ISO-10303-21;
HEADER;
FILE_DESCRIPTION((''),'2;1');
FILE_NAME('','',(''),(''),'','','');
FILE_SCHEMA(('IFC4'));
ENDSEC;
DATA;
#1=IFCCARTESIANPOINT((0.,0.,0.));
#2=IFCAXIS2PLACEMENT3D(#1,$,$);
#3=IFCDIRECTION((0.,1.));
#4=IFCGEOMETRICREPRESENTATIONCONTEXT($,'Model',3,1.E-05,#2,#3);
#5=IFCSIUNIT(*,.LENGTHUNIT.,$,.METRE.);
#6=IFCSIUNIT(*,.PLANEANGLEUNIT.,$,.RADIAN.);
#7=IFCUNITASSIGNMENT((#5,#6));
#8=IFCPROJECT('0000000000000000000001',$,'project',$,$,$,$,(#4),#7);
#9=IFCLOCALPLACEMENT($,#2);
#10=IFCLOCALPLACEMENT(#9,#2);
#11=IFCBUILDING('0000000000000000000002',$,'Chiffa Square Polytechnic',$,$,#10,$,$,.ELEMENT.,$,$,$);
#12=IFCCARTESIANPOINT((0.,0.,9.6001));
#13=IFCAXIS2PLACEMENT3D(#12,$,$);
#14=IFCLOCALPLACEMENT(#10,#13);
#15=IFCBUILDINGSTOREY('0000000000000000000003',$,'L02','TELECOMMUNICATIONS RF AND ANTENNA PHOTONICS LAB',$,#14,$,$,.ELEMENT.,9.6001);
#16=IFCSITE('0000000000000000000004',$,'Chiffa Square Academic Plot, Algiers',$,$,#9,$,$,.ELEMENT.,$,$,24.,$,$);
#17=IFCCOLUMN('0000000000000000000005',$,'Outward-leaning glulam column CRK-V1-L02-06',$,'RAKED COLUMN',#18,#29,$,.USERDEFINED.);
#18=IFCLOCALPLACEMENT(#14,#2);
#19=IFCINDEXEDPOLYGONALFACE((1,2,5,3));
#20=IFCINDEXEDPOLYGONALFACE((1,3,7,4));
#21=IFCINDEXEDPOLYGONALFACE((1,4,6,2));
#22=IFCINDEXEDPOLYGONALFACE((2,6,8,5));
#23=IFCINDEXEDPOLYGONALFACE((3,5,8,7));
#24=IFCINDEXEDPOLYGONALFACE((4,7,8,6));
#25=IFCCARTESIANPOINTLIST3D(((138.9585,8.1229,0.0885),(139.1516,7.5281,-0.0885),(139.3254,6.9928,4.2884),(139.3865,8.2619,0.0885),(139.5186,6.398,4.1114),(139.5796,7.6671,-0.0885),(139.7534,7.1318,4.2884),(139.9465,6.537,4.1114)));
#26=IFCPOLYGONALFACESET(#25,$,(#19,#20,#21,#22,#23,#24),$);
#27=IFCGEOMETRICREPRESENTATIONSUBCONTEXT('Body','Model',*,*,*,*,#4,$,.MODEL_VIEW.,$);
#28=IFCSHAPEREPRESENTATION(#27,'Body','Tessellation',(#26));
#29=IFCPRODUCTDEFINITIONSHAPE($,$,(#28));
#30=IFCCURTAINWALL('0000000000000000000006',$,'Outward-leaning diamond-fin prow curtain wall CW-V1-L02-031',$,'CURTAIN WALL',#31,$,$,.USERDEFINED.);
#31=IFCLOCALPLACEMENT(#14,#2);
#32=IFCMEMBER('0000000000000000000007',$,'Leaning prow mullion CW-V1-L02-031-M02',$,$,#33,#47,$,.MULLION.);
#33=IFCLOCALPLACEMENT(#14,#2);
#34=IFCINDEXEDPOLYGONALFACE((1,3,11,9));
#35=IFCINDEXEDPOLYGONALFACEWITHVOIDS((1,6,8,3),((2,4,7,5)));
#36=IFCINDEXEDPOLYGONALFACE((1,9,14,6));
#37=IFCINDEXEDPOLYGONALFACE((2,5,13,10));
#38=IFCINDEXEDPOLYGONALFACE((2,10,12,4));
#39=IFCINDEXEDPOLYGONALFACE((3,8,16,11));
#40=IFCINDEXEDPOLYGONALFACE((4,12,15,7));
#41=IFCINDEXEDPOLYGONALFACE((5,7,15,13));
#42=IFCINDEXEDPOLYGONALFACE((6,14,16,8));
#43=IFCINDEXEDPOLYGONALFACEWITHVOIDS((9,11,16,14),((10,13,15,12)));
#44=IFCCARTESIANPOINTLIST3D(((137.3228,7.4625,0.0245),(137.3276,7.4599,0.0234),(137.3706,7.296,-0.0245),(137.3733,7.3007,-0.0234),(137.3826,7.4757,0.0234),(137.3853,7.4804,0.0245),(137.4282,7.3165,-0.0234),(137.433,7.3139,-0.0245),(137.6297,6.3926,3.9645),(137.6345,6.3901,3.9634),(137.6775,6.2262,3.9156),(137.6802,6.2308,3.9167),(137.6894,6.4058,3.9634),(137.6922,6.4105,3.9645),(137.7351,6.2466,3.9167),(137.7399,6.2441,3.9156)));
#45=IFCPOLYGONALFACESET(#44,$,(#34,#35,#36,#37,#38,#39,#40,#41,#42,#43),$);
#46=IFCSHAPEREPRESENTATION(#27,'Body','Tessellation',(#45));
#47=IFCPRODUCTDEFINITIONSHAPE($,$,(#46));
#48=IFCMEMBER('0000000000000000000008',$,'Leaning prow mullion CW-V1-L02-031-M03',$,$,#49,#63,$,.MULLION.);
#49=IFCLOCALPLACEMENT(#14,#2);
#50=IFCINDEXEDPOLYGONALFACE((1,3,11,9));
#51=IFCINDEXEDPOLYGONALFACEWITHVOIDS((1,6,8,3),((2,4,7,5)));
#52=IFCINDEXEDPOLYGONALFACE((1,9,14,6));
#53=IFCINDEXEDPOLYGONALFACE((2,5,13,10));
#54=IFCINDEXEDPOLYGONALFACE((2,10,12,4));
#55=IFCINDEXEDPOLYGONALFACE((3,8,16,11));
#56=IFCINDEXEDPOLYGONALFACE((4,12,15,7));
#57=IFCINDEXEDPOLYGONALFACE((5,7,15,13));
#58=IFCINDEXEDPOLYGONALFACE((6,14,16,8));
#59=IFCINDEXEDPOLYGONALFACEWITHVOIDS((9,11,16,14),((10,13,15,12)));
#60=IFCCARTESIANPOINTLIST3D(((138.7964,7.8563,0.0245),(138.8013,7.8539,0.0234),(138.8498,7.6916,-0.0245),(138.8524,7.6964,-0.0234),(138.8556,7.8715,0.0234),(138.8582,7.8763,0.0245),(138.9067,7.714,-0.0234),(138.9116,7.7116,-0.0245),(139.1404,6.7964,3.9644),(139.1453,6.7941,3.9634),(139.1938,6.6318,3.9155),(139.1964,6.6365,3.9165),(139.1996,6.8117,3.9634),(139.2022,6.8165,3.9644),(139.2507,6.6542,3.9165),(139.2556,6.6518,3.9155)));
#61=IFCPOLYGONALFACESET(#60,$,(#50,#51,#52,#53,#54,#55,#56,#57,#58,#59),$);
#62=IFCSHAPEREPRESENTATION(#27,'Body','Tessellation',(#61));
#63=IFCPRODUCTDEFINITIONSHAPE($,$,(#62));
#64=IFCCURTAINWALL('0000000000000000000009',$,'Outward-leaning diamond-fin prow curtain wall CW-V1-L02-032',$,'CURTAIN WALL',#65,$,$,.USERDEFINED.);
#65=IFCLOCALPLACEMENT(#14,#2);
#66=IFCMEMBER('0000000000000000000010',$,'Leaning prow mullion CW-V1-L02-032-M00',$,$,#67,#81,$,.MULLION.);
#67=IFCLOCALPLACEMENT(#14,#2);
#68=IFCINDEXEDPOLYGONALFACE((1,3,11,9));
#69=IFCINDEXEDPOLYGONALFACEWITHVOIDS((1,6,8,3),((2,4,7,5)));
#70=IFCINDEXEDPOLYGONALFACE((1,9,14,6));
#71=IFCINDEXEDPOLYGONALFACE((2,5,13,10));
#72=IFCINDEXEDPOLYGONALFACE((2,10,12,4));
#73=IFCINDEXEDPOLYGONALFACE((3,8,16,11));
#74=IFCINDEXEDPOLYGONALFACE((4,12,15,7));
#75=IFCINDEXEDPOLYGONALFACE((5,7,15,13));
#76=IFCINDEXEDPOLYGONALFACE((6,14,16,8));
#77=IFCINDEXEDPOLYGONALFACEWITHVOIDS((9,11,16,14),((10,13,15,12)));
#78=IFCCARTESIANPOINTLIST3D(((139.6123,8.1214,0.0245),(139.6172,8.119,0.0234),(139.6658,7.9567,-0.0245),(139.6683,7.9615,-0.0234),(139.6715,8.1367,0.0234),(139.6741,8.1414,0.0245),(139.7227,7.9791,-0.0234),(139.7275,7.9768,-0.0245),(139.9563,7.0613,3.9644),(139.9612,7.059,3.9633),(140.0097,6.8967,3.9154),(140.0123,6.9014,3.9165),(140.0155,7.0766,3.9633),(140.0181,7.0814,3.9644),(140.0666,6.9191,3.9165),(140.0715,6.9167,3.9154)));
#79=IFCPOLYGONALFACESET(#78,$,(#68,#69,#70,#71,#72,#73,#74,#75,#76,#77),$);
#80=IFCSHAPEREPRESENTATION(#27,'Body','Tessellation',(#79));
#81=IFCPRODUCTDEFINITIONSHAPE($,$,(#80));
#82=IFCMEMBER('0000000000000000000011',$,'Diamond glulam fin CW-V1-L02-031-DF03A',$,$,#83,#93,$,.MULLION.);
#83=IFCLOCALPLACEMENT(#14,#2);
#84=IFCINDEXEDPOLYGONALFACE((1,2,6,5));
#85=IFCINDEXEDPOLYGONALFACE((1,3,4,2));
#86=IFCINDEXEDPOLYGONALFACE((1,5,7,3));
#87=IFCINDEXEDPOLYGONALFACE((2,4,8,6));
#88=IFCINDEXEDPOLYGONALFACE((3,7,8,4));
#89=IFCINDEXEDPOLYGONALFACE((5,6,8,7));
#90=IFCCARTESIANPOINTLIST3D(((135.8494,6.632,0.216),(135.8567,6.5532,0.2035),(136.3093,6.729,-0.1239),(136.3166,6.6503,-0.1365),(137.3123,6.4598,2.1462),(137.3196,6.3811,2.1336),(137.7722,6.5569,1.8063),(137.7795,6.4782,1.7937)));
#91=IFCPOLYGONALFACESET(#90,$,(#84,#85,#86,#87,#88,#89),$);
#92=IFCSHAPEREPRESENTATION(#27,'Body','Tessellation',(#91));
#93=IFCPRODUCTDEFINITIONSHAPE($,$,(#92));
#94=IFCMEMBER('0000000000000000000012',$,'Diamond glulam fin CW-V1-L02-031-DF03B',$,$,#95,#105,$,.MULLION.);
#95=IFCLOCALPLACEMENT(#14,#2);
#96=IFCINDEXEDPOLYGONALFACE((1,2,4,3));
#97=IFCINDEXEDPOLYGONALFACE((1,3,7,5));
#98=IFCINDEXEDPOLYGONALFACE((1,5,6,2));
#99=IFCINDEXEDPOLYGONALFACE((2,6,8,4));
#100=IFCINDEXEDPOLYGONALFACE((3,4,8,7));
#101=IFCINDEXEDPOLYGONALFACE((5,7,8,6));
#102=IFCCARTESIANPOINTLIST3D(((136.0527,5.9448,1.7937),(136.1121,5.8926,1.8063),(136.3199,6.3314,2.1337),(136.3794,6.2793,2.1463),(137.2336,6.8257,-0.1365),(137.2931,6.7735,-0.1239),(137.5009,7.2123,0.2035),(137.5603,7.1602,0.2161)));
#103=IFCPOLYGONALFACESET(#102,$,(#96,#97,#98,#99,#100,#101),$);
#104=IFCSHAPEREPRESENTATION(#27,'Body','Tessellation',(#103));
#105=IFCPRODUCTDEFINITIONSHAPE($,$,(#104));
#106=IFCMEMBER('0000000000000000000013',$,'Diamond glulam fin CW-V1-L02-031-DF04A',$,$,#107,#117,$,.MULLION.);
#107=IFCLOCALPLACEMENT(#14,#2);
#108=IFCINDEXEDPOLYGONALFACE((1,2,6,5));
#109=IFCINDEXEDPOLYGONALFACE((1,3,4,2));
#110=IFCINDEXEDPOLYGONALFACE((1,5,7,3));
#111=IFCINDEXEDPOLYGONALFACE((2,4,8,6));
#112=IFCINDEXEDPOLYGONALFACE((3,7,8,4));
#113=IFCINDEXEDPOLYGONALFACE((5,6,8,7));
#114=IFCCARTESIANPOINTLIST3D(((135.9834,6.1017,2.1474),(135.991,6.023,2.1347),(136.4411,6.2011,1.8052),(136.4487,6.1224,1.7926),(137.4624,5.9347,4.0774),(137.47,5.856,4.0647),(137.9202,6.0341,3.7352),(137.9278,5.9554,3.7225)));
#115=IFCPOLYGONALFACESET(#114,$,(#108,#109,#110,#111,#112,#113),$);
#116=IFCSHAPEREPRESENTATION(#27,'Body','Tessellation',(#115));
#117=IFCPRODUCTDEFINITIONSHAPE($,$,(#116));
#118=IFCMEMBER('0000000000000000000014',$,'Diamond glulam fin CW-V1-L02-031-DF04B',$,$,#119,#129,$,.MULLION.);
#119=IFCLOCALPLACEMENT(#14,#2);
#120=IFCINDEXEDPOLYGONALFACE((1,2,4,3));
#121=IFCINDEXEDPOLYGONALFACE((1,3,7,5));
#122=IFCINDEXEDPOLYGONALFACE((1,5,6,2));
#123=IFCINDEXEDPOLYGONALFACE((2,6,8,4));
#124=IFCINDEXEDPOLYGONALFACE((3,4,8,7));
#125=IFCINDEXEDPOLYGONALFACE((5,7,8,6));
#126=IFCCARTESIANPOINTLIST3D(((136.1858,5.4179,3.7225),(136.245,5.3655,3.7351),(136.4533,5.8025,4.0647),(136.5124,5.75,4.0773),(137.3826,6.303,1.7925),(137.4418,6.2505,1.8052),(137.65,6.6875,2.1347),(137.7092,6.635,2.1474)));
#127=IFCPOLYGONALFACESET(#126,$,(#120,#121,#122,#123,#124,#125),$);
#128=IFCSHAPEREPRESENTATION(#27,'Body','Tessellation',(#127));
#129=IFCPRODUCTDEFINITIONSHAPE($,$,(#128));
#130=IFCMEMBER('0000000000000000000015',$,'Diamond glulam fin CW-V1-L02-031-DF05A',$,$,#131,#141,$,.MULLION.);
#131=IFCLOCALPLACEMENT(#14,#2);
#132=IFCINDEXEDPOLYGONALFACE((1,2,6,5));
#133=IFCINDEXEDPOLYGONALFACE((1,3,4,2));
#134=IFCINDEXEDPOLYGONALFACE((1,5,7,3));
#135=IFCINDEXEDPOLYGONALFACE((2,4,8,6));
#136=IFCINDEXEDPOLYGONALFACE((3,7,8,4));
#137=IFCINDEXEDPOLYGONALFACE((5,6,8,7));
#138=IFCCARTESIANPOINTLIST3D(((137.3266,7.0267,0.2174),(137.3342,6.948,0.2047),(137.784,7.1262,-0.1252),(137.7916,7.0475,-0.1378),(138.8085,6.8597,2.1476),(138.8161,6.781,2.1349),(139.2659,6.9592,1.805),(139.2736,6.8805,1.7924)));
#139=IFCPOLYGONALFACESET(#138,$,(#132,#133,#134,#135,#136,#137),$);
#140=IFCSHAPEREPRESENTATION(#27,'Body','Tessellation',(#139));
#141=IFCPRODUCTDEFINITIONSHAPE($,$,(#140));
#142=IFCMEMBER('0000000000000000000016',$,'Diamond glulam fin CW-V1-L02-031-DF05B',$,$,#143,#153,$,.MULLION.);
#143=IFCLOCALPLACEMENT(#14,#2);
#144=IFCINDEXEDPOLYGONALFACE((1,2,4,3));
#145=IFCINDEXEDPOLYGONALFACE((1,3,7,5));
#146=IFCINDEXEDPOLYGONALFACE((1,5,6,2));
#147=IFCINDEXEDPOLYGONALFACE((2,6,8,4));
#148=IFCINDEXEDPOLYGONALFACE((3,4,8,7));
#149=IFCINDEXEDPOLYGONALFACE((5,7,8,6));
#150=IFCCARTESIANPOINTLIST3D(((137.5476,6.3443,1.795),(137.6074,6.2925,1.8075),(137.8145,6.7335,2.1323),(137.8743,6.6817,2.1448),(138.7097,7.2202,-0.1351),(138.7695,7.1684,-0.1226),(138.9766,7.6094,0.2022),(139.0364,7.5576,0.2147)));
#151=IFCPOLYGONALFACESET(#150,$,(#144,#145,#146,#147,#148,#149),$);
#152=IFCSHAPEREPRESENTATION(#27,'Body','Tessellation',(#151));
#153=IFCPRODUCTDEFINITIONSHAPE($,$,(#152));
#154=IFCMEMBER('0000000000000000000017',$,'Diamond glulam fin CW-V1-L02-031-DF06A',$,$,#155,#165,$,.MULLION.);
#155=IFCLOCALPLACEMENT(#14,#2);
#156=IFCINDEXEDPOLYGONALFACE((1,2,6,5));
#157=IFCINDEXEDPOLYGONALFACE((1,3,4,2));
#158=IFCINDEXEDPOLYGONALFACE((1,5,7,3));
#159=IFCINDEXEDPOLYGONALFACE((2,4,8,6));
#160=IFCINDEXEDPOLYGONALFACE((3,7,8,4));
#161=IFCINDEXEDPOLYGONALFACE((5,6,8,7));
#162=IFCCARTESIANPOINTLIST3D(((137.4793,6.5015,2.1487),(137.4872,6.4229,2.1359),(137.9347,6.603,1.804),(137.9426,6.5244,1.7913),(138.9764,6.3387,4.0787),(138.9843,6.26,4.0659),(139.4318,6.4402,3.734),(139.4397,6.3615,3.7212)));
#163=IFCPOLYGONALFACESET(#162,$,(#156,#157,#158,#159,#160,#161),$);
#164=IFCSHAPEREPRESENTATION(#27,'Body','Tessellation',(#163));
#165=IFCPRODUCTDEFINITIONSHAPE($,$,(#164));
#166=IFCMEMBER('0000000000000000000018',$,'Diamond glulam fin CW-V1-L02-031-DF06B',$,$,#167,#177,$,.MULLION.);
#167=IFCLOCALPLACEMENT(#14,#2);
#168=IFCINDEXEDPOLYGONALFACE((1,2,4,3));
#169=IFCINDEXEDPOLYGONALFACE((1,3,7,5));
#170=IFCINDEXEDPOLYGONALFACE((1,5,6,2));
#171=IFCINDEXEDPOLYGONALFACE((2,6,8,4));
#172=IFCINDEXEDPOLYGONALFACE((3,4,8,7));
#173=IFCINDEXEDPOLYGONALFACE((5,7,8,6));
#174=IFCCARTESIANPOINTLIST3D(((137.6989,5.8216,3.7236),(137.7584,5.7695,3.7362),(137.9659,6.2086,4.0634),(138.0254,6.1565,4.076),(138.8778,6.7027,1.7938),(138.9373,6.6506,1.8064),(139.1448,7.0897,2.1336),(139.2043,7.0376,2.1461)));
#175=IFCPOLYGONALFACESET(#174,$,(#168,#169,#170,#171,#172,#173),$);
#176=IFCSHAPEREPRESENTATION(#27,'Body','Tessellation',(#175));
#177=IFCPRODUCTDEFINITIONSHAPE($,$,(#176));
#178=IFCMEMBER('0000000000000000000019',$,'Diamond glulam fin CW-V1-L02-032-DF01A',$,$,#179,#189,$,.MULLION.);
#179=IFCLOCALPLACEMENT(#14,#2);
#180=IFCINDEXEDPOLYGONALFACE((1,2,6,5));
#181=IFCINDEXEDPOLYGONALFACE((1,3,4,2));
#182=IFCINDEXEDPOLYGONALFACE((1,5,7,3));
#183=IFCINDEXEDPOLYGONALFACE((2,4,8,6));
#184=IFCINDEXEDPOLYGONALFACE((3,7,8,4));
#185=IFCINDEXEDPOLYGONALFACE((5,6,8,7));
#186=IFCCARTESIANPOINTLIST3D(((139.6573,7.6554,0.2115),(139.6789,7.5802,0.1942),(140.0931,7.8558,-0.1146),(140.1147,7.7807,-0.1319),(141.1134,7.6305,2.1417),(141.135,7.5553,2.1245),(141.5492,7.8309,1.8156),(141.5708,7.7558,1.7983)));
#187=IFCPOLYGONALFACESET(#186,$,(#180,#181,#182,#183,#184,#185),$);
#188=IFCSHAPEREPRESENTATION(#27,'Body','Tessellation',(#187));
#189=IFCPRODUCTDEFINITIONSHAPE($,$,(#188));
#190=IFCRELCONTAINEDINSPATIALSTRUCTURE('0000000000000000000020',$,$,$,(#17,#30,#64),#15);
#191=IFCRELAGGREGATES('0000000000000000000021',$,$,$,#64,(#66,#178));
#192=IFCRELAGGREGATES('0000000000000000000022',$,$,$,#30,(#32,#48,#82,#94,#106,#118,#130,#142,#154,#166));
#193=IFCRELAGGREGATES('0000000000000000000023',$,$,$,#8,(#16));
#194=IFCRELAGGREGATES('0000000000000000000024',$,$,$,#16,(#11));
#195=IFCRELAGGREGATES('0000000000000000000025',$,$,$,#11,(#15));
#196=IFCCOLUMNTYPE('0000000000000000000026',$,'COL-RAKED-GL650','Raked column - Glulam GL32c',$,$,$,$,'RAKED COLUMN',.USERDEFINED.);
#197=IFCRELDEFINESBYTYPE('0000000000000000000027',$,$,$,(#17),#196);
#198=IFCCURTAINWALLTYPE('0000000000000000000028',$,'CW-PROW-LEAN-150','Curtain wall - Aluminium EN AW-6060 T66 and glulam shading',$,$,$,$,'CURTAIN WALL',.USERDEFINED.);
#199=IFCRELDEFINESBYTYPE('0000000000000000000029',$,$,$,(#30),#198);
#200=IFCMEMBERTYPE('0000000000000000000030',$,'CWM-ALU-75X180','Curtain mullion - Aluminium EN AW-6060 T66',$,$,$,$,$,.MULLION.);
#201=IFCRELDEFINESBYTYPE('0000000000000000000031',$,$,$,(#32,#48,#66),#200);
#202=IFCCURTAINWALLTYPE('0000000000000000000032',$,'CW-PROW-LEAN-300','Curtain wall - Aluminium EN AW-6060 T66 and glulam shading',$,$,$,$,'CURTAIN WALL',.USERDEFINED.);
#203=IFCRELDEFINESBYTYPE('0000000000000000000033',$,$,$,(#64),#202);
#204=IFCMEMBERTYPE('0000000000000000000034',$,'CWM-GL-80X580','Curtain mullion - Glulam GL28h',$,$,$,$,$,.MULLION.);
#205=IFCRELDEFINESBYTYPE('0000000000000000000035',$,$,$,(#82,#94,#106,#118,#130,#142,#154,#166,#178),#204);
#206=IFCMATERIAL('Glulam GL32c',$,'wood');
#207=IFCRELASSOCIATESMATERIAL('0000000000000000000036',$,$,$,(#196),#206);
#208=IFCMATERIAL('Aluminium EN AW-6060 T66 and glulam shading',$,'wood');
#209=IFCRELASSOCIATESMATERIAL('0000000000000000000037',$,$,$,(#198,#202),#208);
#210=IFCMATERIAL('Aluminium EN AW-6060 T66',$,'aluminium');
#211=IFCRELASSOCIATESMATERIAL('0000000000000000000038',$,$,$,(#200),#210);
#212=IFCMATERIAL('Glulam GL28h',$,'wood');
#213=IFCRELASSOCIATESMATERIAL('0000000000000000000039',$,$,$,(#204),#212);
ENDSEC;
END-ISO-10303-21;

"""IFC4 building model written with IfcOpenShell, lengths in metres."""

from ifc_helpers import new_model, si_unit, direction, frame, origin, origin_2d, place, context, subcontext, project, spatial, rectangle, hollow_rectangle, extrude, material, material_profile, profile_set, type_object, element, aggregate, save


model = new_model("IFC4")

# Units and contexts
model_context = context("Model", 3, precision=1e-05, world=origin(), true_north=direction((0.0, 1.0)))
body_context = subcontext(model_context, "Body", "Model", "MODEL_VIEW")
ifc_project = project(units=[si_unit("LENGTHUNIT", "METRE"), si_unit("PLANEANGLEUNIT", "RADIAN")], contexts=[model_context])

# Site, building, storey
site_placement = place(None, origin())
site = spatial("IfcSite", under=ifc_project, at=site_placement, Name="Chiffa Square Academic Plot, Algiers", CompositionType="ELEMENT", RefElevation=24.0)
building_placement = place(site_placement, origin())
building = spatial("IfcBuilding", under=site, at=building_placement, Name="Chiffa Square Polytechnic", CompositionType="ELEMENT")
storey_placement = place(building_placement, frame((0.0, 0.0, 9.6001)))
storey = spatial("IfcBuildingStorey", under=building, at=storey_placement, Name="L02", Description="TELECOMMUNICATIONS RF AND ANTENNA PHOTONICS LAB", CompositionType="ELEMENT", Elevation=9.6001)

# Column
ifc_material_1 = material(Name="Glulam GL32c", Category="wood")
ifc_material_profile_1 = material_profile(ifc_material_1, rectangle(XDim=0.45, YDim=0.6499, at=origin_2d()), Name="GL32c 450x650")
ifc_profile_set_1 = profile_set([ifc_material_profile_1], Name="Glulam GL32c")
column_type = type_object("IfcColumnType", Name="COL-RAKED-GL650", Description="Raked column - Glulam GL32c", ElementType="RAKED COLUMN", PredefinedType="USERDEFINED", material=ifc_profile_set_1)
column_placement = place(storey_placement, frame((139.269, 7.895, 0.0), z_axis=(0.084069, -0.258919, 0.962234), x_axis=(0.95112, 0.308821, 0.0)))
element("IfcColumn", 1, at=column_placement, inside=storey, type_object=column_type, Name="Outward-leaning glulam column CRK-V1-L02-06", ObjectType="RAKED COLUMN", PredefinedType="USERDEFINED", context=body_context, shape_type="SweptSolid", body=[
    extrude(rectangle(XDim=0.45, YDim=0.6499, at=origin_2d()), origin(), (0.0, 0.0, 1.0), 4.3647),
])

# Curtain wall, members
ifc_material_2 = material(Name="Aluminium EN AW-6060 T66 and glulam shading", Category="wood")
curtain_wall_type_1 = type_object("IfcCurtainWallType", Name="CW-PROW-LEAN-150", Description="Curtain wall - Aluminium EN AW-6060 T66 and glulam shading", ElementType="CURTAIN WALL", PredefinedType="USERDEFINED", material=ifc_material_2)
curtain_wall_1_placement = place(storey_placement, origin())
curtain_wall_1 = element("IfcCurtainWall", 2, at=curtain_wall_1_placement, inside=storey, type_object=curtain_wall_type_1, Name="Outward-leaning diamond-fin prow curtain wall CW-V1-L02-031", ObjectType="CURTAIN WALL", PredefinedType="USERDEFINED")
ifc_material_3 = material(Name="Aluminium EN AW-6060 T66", Category="aluminium")
ifc_material_profile_2 = material_profile(ifc_material_3, hollow_rectangle(XDim=0.0649, YDim=0.1799, WallThickness=0.0039, at=origin_2d()), Name="ALU 65x180x4")
ifc_profile_set_2 = profile_set([ifc_material_profile_2], Name="Aluminium EN AW-6060 T66")
member_type_1 = type_object("IfcMemberType", Name="CWM-ALU-75X180", Description="Curtain mullion - Aluminium EN AW-6060 T66", PredefinedType="MULLION", material=ifc_profile_set_2)
member_1_placement = place(storey_placement, frame((137.3779, 7.3882, 0.0), z_axis=(0.074957, -0.261307, 0.962341), x_axis=(0.961234, 0.275735, 0.0)))
member_1 = element("IfcMember", 3, at=member_1_placement, type_object=member_type_1, Name="Leaning prow mullion CW-V1-L02-031-M02", PredefinedType="MULLION", context=body_context, shape_type="SweptSolid", body=[
    extrude(hollow_rectangle(XDim=0.0649, YDim=0.1799, WallThickness=0.0039, at=origin_2d()), origin(), (0.0, 0.0, 1.0), 4.0942),
])
member_2_placement = place(storey_placement, frame((138.854, 7.7839, 0.0), z_axis=(0.084014, -0.258841, 0.962259), x_axis=(0.951152, 0.308724, 0.0)))
member_2 = element("IfcMember", 4, at=member_2_placement, type_object=member_type_1, Name="Leaning prow mullion CW-V1-L02-031-M03", PredefinedType="MULLION", context=body_context, shape_type="SweptSolid", body=[
    extrude(hollow_rectangle(XDim=0.0649, YDim=0.1799, WallThickness=0.0039, at=origin_2d()), origin(), (0.0, 0.0, 1.0), 4.0945),
])

# Curtain wall, member
curtain_wall_type_2 = type_object("IfcCurtainWallType", Name="CW-PROW-LEAN-300", Description="Curtain wall - Aluminium EN AW-6060 T66 and glulam shading", ElementType="CURTAIN WALL", PredefinedType="USERDEFINED", material=ifc_material_2)
curtain_wall_2_placement = place(storey_placement, origin())
curtain_wall_2 = element("IfcCurtainWall", 5, at=curtain_wall_2_placement, inside=storey, type_object=curtain_wall_type_2, Name="Outward-leaning diamond-fin prow curtain wall CW-V1-L02-032", ObjectType="CURTAIN WALL", PredefinedType="USERDEFINED")
member_3_placement = place(storey_placement, frame((139.6699, 8.0491, 0.0), z_axis=(0.084013, -0.258896, 0.962245), x_axis=(0.951172, 0.30866, 0.0)))
member_3 = element("IfcMember", 6, at=member_3_placement, type_object=member_type_1, Name="Leaning prow mullion CW-V1-L02-032-M00", PredefinedType="MULLION", context=body_context, shape_type="SweptSolid", body=[
    extrude(hollow_rectangle(XDim=0.0649, YDim=0.1799, WallThickness=0.0039, at=origin_2d()), origin(), (0.0, 0.0, 1.0), 4.0945),
])

# Members
ifc_material_4 = material(Name="Glulam GL28h", Category="wood")
ifc_material_profile_3 = material_profile(ifc_material_4, rectangle(XDim=0.0801, YDim=0.5801, at=origin_2d()), Name="GL28h 80x580")
ifc_profile_set_3 = profile_set([ifc_material_profile_3], Name="Glulam GL28h")
member_type_2 = type_object("IfcMemberType", Name="CWM-GL-80X580", Description="Curtain mullion - Glulam GL28h", PredefinedType="MULLION", material=ifc_profile_set_3)
member_4_placement = place(storey_placement, frame((136.083, 6.6411, 0.0398), z_axis=(0.602505, -0.070889, 0.794961), x_axis=(-0.091472, 0.983351, 0.157015)))
member_4 = element("IfcMember", 7, at=member_4_placement, type_object=member_type_2, Name="Diamond glulam fin CW-V1-L02-031-DF03A", PredefinedType="MULLION", context=body_context, shape_type="SweptSolid", body=[
    extrude(rectangle(XDim=0.0801, YDim=0.5801, at=origin_2d()), origin(), (0.0, 0.0, 1.0), 2.428),
])
member_5_placement = place(storey_placement, frame((137.397, 6.9929, 0.0398), z_axis=(-0.486336, -0.362766, 0.794908), x_axis=(0.742443, -0.651244, 0.157033)))
member_5 = element("IfcMember", 8, at=member_5_placement, type_object=member_type_2, Name="Diamond glulam fin CW-V1-L02-031-DF03B", PredefinedType="MULLION", context=body_context, shape_type="SweptSolid", body=[
    extrude(rectangle(XDim=0.0801, YDim=0.5801, at=origin_2d()), origin(), (0.0, 0.0, 1.0), 2.4282),
])
member_6_placement = place(storey_placement, frame((136.2161, 6.1121, 1.97), z_axis=(0.606844, -0.068518, 0.791862), x_axis=(-0.095282, 0.982821, 0.158061)))
member_6 = element("IfcMember", 9, at=member_6_placement, type_object=member_type_2, Name="Diamond glulam fin CW-V1-L02-031-DF04A", PredefinedType="MULLION", context=body_context, shape_type="SweptSolid", body=[
    extrude(rectangle(XDim=0.0801, YDim=0.5801, at=origin_2d()), origin(), (0.0, 0.0, 1.0), 2.4373),
])
member_7_placement = place(storey_placement, frame((137.5459, 6.469, 1.97), z_axis=(-0.491037, -0.363119, 0.79185), x_axis=(0.739104, -0.654783, 0.158065)))
member_7 = element("IfcMember", 10, at=member_7_placement, type_object=member_type_2, Name="Diamond glulam fin CW-V1-L02-031-DF04B", PredefinedType="MULLION", context=body_context, shape_type="SweptSolid", body=[
    extrude(rectangle(XDim=0.0801, YDim=0.5801, at=origin_2d()), origin(), (0.0, 0.0, 1.0), 2.4373),
])
member_8_placement = place(storey_placement, frame((137.5591, 7.0371, 0.0398), z_axis=(0.607554, -0.068462, 0.791322), x_axis=(-0.09536, 0.982785, 0.158242)))
member_8 = element("IfcMember", 11, at=member_8_placement, type_object=member_type_2, Name="Diamond glulam fin CW-V1-L02-031-DF05A", PredefinedType="MULLION", context=body_context, shape_type="SweptSolid", body=[
    extrude(rectangle(XDim=0.0801, YDim=0.5801, at=origin_2d()), origin(), (0.0, 0.0, 1.0), 2.4392),
])
member_9_placement = place(storey_placement, frame((138.873, 7.3889, 0.0398), z_axis=(-0.480744, -0.362376, 0.798479), x_axis=(0.74645, -0.646942, 0.155815)))
member_9 = element("IfcMember", 12, at=member_9_placement, type_object=member_type_2, Name="Diamond glulam fin CW-V1-L02-031-DF05B", PredefinedType="MULLION", context=body_context, shape_type="SweptSolid", body=[
    extrude(rectangle(XDim=0.0801, YDim=0.5801, at=origin_2d()), origin(), (0.0, 0.0, 1.0), 2.4172),
])
member_10_placement = place(storey_placement, frame((137.7109, 6.5129, 1.97), z_axis=(0.611565, -0.066522, 0.788393), x_axis=(-0.098403, 0.982327, 0.159218)))
member_10 = element("IfcMember", 13, at=member_10_placement, type_object=member_type_2, Name="Diamond glulam fin CW-V1-L02-031-DF06A", PredefinedType="MULLION", context=body_context, shape_type="SweptSolid", body=[
    extrude(rectangle(XDim=0.0801, YDim=0.5801, at=origin_2d()), origin(), (0.0, 0.0, 1.0), 2.448),
])
member_11_placement = place(storey_placement, frame((139.041, 6.8701, 1.97), z_axis=(-0.485742, -0.363024, 0.795153), x_axis=(0.743096, -0.650518, 0.15695)))
member_11 = element("IfcMember", 14, at=member_11_placement, type_object=member_type_2, Name="Diamond glulam fin CW-V1-L02-031-DF06B", PredefinedType="MULLION", context=body_context, shape_type="SweptSolid", body=[
    extrude(rectangle(XDim=0.0801, YDim=0.5801, at=origin_2d()), origin(), (0.0, 0.0, 1.0), 2.427),
])
member_12_placement = place(storey_placement, frame((139.886, 7.718, 0.0398), z_axis=(0.602195, -0.010299, 0.798282), x_axis=(-0.270073, 0.938336, 0.215839)))
member_12 = element("IfcMember", 15, at=member_12_placement, type_object=member_type_2, Name="Diamond glulam fin CW-V1-L02-032-DF01A", PredefinedType="MULLION", context=body_context, shape_type="SweptSolid", body=[
    extrude(rectangle(XDim=0.0801, YDim=0.5801, at=origin_2d()), origin(), (0.0, 0.0, 1.0), 2.418),
])

aggregate(curtain_wall_2, [member_3, member_12])
aggregate(curtain_wall_1, [member_1, member_2, member_4, member_5, member_6, member_7, member_8, member_9, member_10, member_11])

save(model, "model.ifc")
